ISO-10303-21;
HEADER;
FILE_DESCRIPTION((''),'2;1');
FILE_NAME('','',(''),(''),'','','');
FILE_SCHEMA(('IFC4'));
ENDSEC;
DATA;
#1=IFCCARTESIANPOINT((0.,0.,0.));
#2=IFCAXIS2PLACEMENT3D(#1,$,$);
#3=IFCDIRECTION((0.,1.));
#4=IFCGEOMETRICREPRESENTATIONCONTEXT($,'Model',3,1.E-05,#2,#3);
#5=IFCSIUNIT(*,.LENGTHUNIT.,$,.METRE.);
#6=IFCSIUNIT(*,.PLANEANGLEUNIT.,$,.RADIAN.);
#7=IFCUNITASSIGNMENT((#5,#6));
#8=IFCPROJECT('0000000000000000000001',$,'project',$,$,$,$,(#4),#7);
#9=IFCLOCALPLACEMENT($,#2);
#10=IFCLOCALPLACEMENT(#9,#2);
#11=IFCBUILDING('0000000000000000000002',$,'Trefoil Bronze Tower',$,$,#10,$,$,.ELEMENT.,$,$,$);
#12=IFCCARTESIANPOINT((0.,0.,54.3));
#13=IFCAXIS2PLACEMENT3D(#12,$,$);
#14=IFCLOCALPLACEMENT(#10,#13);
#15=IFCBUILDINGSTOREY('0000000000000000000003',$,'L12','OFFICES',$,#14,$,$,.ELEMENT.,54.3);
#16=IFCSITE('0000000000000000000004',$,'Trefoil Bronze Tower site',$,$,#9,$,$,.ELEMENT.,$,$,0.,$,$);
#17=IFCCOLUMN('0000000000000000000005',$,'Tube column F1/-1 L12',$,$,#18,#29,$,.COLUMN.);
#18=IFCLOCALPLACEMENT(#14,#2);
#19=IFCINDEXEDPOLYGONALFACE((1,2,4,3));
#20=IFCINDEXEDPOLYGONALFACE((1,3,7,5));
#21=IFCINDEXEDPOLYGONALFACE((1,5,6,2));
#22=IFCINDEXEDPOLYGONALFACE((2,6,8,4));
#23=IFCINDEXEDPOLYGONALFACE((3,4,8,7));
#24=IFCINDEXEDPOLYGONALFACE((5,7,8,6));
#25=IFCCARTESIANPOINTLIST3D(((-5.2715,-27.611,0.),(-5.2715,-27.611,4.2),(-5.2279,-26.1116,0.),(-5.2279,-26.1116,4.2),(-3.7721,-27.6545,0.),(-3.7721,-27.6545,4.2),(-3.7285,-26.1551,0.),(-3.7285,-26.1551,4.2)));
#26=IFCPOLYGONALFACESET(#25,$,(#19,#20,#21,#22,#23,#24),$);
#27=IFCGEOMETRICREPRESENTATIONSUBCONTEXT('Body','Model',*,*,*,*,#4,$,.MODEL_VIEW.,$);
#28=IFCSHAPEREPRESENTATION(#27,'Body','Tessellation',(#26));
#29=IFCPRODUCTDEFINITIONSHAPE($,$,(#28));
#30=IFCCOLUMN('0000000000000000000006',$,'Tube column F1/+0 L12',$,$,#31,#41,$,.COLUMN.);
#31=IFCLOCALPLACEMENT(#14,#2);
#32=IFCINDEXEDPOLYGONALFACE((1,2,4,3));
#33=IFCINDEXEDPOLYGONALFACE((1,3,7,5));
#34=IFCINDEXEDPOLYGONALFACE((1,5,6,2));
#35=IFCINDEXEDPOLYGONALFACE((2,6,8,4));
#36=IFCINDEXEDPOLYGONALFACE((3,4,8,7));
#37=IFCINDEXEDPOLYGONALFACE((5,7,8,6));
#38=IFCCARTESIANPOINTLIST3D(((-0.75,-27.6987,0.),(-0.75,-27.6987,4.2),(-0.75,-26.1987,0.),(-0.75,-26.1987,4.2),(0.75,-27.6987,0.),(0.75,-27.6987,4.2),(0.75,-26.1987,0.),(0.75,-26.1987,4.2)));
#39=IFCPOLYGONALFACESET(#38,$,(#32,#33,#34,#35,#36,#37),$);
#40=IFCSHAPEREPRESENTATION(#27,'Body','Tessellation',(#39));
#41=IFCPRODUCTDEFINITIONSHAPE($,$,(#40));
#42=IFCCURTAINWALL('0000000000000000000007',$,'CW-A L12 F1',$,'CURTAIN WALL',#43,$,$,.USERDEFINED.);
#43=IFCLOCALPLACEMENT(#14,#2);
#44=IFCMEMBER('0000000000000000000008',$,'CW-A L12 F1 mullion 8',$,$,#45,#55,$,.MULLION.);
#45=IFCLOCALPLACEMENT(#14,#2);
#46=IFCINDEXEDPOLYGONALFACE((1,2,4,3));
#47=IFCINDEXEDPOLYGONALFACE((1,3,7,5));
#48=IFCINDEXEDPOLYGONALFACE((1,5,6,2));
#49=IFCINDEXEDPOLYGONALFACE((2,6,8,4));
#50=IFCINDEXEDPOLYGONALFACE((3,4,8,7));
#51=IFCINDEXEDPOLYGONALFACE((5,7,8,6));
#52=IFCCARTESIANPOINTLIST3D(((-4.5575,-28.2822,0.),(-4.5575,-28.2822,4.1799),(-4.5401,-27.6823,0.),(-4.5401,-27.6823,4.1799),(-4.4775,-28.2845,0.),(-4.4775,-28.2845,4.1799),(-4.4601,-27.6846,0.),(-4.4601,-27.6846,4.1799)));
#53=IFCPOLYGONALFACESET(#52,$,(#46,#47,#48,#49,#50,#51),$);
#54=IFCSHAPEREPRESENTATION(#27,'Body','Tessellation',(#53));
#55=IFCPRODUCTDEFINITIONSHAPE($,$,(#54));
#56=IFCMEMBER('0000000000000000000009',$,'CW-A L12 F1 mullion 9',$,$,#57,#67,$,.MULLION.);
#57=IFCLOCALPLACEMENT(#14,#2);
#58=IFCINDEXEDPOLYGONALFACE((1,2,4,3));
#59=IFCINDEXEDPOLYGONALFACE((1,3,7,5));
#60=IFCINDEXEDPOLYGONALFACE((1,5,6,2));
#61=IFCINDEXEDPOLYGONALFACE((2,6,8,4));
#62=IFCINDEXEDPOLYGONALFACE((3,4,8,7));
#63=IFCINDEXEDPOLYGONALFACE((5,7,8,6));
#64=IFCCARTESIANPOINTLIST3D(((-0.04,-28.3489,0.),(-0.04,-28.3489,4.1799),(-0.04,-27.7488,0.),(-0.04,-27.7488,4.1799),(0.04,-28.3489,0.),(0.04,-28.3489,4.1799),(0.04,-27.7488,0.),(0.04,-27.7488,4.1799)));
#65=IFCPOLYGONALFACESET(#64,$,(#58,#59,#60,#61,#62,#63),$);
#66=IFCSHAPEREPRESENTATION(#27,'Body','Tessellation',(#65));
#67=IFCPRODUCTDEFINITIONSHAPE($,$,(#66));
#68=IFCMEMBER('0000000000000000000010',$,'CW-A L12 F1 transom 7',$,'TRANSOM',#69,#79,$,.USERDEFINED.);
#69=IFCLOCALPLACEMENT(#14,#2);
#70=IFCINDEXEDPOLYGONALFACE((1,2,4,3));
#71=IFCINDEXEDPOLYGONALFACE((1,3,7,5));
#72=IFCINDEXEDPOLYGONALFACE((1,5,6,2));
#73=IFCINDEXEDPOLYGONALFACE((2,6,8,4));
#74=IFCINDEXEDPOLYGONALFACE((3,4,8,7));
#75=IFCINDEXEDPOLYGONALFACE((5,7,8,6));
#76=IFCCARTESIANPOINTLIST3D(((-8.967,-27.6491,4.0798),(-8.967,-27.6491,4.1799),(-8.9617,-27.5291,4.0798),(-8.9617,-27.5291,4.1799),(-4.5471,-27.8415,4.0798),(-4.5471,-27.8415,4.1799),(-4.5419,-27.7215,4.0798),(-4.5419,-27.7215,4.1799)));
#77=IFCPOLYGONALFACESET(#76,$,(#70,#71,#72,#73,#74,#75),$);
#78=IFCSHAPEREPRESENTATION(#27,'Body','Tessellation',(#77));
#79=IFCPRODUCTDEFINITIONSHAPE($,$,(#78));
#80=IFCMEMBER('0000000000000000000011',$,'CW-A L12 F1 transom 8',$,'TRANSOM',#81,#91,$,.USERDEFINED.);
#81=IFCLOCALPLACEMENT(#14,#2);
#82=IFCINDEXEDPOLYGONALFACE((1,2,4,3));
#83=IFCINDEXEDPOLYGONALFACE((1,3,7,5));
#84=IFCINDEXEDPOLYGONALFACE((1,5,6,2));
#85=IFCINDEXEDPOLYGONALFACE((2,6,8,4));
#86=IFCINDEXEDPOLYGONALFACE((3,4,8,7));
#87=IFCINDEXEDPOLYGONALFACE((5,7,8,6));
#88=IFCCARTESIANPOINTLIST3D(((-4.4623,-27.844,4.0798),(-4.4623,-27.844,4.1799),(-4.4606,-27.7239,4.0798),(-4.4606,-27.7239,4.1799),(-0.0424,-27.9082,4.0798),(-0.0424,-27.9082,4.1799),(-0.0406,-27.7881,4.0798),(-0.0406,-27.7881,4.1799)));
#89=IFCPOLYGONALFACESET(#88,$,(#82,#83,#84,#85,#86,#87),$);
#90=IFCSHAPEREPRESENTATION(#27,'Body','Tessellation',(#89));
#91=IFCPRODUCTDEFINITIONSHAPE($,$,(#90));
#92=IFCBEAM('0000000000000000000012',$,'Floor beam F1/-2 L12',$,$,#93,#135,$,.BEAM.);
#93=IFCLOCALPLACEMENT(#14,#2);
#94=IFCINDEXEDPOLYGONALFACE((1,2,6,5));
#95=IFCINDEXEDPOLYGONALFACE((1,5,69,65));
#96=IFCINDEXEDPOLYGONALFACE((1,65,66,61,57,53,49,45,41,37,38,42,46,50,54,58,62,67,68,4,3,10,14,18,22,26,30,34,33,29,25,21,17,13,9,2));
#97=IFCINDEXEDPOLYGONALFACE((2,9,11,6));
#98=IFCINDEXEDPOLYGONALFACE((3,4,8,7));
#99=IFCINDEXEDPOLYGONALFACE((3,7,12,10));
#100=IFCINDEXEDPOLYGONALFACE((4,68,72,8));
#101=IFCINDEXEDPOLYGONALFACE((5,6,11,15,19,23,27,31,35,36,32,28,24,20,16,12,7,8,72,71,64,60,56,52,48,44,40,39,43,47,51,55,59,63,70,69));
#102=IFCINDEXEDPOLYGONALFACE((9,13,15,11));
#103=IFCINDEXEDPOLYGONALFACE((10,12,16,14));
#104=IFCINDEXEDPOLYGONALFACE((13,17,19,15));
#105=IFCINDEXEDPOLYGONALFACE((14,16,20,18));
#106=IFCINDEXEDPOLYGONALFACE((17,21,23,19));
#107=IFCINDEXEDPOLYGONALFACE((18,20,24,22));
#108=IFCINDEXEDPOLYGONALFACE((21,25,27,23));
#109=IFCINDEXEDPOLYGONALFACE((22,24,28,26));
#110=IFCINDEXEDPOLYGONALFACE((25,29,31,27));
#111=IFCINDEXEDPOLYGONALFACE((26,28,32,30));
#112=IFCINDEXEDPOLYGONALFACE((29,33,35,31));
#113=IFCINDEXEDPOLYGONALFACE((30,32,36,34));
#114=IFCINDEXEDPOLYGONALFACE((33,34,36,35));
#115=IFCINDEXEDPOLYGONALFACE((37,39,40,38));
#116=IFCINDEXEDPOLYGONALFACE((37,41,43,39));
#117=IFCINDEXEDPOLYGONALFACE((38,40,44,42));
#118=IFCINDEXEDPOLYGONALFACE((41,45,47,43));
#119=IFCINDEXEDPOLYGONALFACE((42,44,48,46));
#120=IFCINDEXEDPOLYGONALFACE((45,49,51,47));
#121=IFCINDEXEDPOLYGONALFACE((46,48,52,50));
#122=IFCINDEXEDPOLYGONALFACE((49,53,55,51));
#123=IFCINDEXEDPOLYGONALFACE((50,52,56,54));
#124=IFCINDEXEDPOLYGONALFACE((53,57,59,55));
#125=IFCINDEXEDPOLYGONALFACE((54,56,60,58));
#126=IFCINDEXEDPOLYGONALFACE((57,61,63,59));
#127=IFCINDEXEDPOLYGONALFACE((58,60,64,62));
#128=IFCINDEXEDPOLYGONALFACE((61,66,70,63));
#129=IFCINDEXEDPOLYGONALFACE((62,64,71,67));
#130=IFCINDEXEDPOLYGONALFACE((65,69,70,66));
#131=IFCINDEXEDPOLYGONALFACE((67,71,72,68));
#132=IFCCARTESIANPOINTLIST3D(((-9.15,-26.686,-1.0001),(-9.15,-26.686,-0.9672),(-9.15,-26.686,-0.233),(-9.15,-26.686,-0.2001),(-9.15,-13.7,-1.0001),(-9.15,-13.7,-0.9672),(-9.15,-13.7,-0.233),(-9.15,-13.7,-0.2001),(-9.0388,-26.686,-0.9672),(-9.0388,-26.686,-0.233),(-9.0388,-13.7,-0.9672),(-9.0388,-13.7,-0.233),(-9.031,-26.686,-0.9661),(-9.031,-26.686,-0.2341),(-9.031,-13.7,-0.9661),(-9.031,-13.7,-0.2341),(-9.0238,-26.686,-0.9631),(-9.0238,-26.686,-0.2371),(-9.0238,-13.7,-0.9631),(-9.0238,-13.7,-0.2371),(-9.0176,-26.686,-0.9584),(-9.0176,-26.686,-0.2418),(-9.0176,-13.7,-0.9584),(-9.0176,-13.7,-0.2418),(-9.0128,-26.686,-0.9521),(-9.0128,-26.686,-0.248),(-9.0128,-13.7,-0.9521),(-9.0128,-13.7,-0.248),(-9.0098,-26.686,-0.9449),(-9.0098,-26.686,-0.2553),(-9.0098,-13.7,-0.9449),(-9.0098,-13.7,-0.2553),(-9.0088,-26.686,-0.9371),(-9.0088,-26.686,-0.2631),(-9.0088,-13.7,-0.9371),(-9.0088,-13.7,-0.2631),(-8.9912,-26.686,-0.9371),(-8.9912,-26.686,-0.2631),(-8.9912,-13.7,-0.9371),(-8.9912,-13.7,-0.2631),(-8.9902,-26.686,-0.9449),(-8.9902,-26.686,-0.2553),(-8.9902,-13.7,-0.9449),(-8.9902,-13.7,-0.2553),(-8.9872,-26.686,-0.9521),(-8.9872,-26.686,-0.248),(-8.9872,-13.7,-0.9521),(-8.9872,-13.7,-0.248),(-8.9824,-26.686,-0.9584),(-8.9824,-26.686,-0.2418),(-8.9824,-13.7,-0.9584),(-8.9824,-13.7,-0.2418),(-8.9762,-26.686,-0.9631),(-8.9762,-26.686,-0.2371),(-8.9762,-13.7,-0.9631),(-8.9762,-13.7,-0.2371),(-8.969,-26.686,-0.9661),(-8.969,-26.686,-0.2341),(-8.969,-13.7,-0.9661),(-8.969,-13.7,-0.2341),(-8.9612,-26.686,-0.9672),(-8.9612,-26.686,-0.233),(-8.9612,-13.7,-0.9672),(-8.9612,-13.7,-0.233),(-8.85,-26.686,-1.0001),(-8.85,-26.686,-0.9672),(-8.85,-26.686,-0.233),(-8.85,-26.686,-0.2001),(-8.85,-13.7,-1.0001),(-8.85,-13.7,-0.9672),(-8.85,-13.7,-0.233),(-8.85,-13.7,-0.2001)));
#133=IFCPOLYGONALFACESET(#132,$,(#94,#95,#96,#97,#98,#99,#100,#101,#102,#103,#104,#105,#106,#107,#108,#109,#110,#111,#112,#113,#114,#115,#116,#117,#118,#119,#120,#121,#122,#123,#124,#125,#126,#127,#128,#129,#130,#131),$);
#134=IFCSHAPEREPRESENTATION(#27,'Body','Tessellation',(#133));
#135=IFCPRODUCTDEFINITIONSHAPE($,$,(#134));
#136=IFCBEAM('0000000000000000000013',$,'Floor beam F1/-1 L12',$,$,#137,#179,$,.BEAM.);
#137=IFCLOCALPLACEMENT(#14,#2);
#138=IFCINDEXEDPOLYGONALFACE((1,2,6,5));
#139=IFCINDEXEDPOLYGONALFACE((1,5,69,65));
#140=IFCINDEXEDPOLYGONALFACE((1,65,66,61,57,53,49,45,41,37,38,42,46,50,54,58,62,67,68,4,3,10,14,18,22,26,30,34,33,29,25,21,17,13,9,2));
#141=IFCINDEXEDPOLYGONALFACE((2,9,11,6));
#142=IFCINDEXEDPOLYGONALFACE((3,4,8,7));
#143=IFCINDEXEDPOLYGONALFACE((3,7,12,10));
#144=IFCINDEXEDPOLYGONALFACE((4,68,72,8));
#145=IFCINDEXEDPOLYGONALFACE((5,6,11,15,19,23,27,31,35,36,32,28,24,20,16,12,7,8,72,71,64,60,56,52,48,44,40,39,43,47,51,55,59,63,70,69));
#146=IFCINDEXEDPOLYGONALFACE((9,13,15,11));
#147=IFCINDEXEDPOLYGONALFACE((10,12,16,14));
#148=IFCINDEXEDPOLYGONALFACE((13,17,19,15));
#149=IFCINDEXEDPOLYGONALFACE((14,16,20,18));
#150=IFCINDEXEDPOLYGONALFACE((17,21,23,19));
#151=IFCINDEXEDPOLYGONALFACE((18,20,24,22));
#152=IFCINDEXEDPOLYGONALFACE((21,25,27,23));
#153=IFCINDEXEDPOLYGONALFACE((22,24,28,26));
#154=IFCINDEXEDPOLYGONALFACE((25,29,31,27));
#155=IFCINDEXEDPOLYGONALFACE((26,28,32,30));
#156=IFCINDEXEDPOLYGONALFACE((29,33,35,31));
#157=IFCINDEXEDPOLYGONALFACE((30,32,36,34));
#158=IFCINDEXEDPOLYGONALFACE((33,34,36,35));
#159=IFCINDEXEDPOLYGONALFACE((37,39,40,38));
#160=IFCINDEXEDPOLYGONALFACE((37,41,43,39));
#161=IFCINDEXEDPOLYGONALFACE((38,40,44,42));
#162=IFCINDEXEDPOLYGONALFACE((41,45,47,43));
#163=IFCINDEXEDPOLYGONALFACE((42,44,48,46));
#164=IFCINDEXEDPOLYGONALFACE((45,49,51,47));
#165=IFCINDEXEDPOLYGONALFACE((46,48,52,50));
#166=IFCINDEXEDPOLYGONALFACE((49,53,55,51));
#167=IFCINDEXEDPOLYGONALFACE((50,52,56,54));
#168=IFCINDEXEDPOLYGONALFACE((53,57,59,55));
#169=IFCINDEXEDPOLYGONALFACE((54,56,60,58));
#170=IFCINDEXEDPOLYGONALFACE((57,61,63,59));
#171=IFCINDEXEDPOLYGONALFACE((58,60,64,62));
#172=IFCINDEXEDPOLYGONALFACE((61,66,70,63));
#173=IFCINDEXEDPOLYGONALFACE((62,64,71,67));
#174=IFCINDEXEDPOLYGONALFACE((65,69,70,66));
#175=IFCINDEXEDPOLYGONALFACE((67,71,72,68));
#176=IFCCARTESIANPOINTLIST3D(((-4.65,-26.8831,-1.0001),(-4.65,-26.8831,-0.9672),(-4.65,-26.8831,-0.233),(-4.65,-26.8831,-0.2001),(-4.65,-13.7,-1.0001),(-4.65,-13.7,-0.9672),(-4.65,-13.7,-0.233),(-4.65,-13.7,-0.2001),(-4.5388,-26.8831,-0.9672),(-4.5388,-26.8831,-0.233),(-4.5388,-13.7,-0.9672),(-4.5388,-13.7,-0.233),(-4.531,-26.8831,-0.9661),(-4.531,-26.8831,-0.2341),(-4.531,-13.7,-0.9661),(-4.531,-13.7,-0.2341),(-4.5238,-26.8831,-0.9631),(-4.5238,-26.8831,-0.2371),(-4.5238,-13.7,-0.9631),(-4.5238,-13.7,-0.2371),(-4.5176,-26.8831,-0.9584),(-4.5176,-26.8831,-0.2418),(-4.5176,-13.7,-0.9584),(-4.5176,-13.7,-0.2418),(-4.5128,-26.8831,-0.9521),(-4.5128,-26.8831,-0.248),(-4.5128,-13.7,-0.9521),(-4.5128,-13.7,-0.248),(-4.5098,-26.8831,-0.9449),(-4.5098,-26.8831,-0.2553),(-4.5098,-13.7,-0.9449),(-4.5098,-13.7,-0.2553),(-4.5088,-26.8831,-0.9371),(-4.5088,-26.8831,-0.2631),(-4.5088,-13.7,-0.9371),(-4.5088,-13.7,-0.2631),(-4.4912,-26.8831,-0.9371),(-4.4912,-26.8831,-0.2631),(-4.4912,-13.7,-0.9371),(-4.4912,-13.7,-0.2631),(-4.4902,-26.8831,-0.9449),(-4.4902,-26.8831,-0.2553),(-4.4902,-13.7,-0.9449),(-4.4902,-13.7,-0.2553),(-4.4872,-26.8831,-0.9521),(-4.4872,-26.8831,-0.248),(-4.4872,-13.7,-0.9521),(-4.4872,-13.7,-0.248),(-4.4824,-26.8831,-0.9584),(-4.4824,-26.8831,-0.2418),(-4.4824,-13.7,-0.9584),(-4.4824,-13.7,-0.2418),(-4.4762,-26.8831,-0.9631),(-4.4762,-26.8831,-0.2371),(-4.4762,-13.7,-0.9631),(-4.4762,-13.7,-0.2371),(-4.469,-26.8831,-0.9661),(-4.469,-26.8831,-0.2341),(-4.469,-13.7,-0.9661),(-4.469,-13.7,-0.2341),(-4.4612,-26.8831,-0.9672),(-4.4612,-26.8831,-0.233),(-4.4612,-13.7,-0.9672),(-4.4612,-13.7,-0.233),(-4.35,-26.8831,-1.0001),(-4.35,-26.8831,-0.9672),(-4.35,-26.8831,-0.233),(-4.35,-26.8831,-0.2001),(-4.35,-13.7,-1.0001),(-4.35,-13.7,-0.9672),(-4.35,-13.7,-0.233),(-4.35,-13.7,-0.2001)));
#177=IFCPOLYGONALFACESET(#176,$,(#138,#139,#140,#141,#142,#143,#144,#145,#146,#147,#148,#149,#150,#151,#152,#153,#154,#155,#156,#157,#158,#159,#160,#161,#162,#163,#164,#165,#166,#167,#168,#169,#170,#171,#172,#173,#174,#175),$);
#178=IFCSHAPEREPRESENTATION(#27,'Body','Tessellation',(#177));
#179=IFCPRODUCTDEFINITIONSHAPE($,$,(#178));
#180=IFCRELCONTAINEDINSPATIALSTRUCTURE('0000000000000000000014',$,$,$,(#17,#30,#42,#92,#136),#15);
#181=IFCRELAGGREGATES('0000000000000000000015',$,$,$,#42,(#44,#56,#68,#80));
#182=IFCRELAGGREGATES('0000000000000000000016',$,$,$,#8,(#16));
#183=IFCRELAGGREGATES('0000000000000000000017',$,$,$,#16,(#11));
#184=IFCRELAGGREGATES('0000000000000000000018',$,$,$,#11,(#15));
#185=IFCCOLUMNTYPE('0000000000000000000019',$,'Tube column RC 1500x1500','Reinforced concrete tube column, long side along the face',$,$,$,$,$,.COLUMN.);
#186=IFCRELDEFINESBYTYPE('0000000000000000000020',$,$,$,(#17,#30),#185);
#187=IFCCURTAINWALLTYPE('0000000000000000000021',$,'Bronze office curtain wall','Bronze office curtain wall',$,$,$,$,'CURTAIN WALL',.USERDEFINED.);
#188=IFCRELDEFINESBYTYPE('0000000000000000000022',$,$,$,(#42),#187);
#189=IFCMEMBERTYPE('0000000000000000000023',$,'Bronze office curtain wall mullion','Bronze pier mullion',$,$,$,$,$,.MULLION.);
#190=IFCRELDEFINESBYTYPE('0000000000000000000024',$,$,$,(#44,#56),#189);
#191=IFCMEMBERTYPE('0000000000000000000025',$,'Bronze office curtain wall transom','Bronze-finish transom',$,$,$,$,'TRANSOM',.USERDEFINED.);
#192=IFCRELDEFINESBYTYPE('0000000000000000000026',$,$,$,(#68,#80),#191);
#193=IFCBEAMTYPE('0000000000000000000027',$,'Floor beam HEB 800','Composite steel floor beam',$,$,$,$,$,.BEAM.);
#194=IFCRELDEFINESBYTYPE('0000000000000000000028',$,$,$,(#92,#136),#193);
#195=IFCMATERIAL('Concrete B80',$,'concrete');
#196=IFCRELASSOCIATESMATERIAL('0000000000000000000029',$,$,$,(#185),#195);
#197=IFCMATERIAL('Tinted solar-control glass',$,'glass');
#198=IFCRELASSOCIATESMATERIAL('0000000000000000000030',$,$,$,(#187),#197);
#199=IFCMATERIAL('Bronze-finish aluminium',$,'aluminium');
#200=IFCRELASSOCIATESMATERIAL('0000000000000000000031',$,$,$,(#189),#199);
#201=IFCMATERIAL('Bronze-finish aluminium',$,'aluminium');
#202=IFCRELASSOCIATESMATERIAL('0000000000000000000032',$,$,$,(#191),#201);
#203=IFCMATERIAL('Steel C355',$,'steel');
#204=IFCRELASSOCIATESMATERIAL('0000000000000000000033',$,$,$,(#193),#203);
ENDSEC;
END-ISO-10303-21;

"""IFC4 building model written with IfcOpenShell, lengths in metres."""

from ifc_helpers import new_model, si_unit, direction, frame, origin, origin_2d, place, context, subcontext, project, spatial, rectangle, i_section, extrude, material, material_profile, profile_set, type_object, element, aggregate, save


model = new_model("IFC4")

# Units and contexts
model_context = context("Model", 3, precision=1e-05, world=origin(), true_north=direction((0.0, 1.0)))
body_context = subcontext(model_context, "Body", "Model", "MODEL_VIEW")
ifc_project = project(units=[si_unit("LENGTHUNIT", "METRE"), si_unit("PLANEANGLEUNIT", "RADIAN")], contexts=[model_context])

# Site, building, storey
site_placement = place(None, origin())
site = spatial("IfcSite", under=ifc_project, at=site_placement, Name="Trefoil Bronze Tower site", CompositionType="ELEMENT", RefElevation=0.0)
building_placement = place(site_placement, origin())
building = spatial("IfcBuilding", under=site, at=building_placement, Name="Trefoil Bronze Tower", CompositionType="ELEMENT")
storey_placement = place(building_placement, frame((0.0, 0.0, 54.3)))
storey = spatial("IfcBuildingStorey", under=building, at=storey_placement, Name="L12", Description="OFFICES", CompositionType="ELEMENT", Elevation=54.3)

# Columns
ifc_material_1 = material(Name="Concrete B80", Category="concrete")
ifc_material_profile_1 = material_profile(ifc_material_1, rectangle(XDim=1.5, YDim=1.5, at=origin_2d()), Name="RC 1500x1500")
ifc_profile_set_1 = profile_set([ifc_material_profile_1], Name="Concrete B80")
column_type = type_object("IfcColumnType", Name="Tube column RC 1500x1500", Description="Reinforced concrete tube column, long side along the face", PredefinedType="COLUMN", material=ifc_profile_set_1)
for number, where, z_axis, x_axis, name in (
    (1, (-4.5, -26.8831, 0.0), (0.0, 0.0, 1.0), (0.999579, -0.029022, 0.0), "Tube column F1/-1 L12"),
    (2, (0.0, -26.9487, 0.0), (0.0, 0.0, 1.0), (1.0, 0.0, 0.0), "Tube column F1/+0 L12"),
):
    element("IfcColumn", number, at=place(storey_placement, frame(where, z_axis=z_axis, x_axis=x_axis)), inside=storey, type_object=column_type, Name=name, PredefinedType="COLUMN", context=body_context, shape_type="SweptSolid", body=[
        extrude(rectangle(XDim=1.5, YDim=1.5, at=origin_2d()), origin(), (0.0, 0.0, 1.0), 4.2),
    ])

# Curtain wall, members
ifc_material_2 = material(Name="Tinted solar-control glass", Category="glass")
curtain_wall_type = type_object("IfcCurtainWallType", Name="Bronze office curtain wall", Description="Bronze office curtain wall", ElementType="CURTAIN WALL", PredefinedType="USERDEFINED", material=ifc_material_2)
curtain_wall_placement = place(storey_placement, origin())
curtain_wall = element("IfcCurtainWall", 3, at=curtain_wall_placement, inside=storey, type_object=curtain_wall_type, Name="CW-A L12 F1", ObjectType="CURTAIN WALL", PredefinedType="USERDEFINED")
ifc_material_3 = material(Name="Bronze-finish aluminium", Category="aluminium")
ifc_material_profile_2 = material_profile(ifc_material_3, rectangle(XDim=0.6001, YDim=0.0801, at=origin_2d()), Name="CW-A mullion")
ifc_profile_set_2 = profile_set([ifc_material_profile_2], Name="Bronze-finish aluminium")
member_type_1 = type_object("IfcMemberType", Name="Bronze office curtain wall mullion", Description="Bronze pier mullion", PredefinedType="MULLION", material=ifc_profile_set_2)
member_1_placement = place(storey_placement, frame((-4.5088, -27.9834, 0.0), z_axis=(0.0, 0.0, 1.0), x_axis=(0.029022, 0.999579, 0.0)))
member_1 = element("IfcMember", 4, at=member_1_placement, type_object=member_type_1, Name="CW-A L12 F1 mullion 8", PredefinedType="MULLION", context=body_context, shape_type="SweptSolid", body=[
    extrude(rectangle(XDim=0.6001, YDim=0.0801, at=origin_2d()), origin(), (0.0, 0.0, 1.0), 4.1799),
])
member_2_placement = place(storey_placement, frame((0.0, -28.0488, 0.0), z_axis=(0.0, 0.0, 1.0), x_axis=(0.0, 1.0, 0.0)))
member_2 = element("IfcMember", 5, at=member_2_placement, type_object=member_type_1, Name="CW-A L12 F1 mullion 9", PredefinedType="MULLION", context=body_context, shape_type="SweptSolid", body=[
    extrude(rectangle(XDim=0.6001, YDim=0.0801, at=origin_2d()), origin(), (0.0, 0.0, 1.0), 4.1799),
])
ifc_material_4 = material(Name="Bronze-finish aluminium", Category="aluminium")
ifc_material_profile_3 = material_profile(ifc_material_4, rectangle(XDim=0.1201, YDim=0.1001, at=origin_2d()), Name="CW-A transom")
ifc_profile_set_3 = profile_set([ifc_material_profile_3], Name="Bronze-finish aluminium")
member_type_2 = type_object("IfcMemberType", Name="Bronze office curtain wall transom", Description="Bronze-finish transom", ElementType="TRANSOM", PredefinedType="USERDEFINED", material=ifc_profile_set_3)
member_3_placement = place(storey_placement, frame((-8.9644, -27.5891, 4.1299), z_axis=(0.999054, -0.043485, 0.0), x_axis=(0.043485, 0.999054, 0.0)))
member_3 = element("IfcMember", 6, at=member_3_placement, type_object=member_type_2, Name="CW-A L12 F1 transom 7", ObjectType="TRANSOM", PredefinedType="USERDEFINED", context=body_context, shape_type="SweptSolid", body=[
    extrude(rectangle(XDim=0.1201, YDim=0.1001, at=origin_2d()), origin(), (0.0, 0.0, 1.0), 4.4241),
])
member_4_placement = place(storey_placement, frame((-4.4614, -27.7839, 4.1299), z_axis=(0.999894, -0.014526, 0.0), x_axis=(0.014526, 0.999894, 0.0)))
member_4 = element("IfcMember", 7, at=member_4_placement, type_object=member_type_2, Name="CW-A L12 F1 transom 8", ObjectType="TRANSOM", PredefinedType="USERDEFINED", context=body_context, shape_type="SweptSolid", body=[
    extrude(rectangle(XDim=0.1201, YDim=0.1001, at=origin_2d()), origin(), (0.0, 0.0, 1.0), 4.4204),
])

# Beams
ifc_material_5 = material(Name="Steel C355", Category="steel")
ifc_material_profile_4 = material_profile(ifc_material_5, i_section(OverallWidth=0.3, OverallDepth=0.8, WebThickness=0.0176, FlangeThickness=0.033, FilletRadius=0.03, at=origin_2d()), Name="HEB 800")
ifc_profile_set_4 = profile_set([ifc_material_profile_4], Name="Steel C355")
beam_type_1 = type_object("IfcBeamType", Name="Floor beam HEB 800", Description="Composite steel floor beam", PredefinedType="BEAM", material=ifc_profile_set_4)
beam_1_placement = place(storey_placement, frame((-9.0, -26.686, -0.6001), z_axis=(0.0, 1.0, 0.0), x_axis=(-1.0, 0.0, 0.0)))
element("IfcBeam", 8, at=beam_1_placement, inside=storey, type_object=beam_type_1, Name="Floor beam F1/-2 L12", PredefinedType="BEAM", context=body_context, shape_type="SweptSolid", body=[
    extrude(i_section(OverallWidth=0.3, OverallDepth=0.8, WebThickness=0.0176, FlangeThickness=0.033, FilletRadius=0.03, at=origin_2d()), origin(), (0.0, 0.0, 1.0), 12.9861),
])
beam_2_placement = place(storey_placement, frame((-4.5, -26.8831, -0.6001), z_axis=(0.0, 1.0, 0.0), x_axis=(-1.0, 0.0, 0.0)))
element("IfcBeam", 9, at=beam_2_placement, inside=storey, type_object=beam_type_1, Name="Floor beam F1/-1 L12", PredefinedType="BEAM", context=body_context, shape_type="SweptSolid", body=[
    extrude(i_section(OverallWidth=0.3, OverallDepth=0.8, WebThickness=0.0176, FlangeThickness=0.033, FilletRadius=0.03, at=origin_2d()), origin(), (0.0, 0.0, 1.0), 13.1831),
])

aggregate(curtain_wall, [member_1, member_2, member_3, member_4])

save(model, "model.ifc")
